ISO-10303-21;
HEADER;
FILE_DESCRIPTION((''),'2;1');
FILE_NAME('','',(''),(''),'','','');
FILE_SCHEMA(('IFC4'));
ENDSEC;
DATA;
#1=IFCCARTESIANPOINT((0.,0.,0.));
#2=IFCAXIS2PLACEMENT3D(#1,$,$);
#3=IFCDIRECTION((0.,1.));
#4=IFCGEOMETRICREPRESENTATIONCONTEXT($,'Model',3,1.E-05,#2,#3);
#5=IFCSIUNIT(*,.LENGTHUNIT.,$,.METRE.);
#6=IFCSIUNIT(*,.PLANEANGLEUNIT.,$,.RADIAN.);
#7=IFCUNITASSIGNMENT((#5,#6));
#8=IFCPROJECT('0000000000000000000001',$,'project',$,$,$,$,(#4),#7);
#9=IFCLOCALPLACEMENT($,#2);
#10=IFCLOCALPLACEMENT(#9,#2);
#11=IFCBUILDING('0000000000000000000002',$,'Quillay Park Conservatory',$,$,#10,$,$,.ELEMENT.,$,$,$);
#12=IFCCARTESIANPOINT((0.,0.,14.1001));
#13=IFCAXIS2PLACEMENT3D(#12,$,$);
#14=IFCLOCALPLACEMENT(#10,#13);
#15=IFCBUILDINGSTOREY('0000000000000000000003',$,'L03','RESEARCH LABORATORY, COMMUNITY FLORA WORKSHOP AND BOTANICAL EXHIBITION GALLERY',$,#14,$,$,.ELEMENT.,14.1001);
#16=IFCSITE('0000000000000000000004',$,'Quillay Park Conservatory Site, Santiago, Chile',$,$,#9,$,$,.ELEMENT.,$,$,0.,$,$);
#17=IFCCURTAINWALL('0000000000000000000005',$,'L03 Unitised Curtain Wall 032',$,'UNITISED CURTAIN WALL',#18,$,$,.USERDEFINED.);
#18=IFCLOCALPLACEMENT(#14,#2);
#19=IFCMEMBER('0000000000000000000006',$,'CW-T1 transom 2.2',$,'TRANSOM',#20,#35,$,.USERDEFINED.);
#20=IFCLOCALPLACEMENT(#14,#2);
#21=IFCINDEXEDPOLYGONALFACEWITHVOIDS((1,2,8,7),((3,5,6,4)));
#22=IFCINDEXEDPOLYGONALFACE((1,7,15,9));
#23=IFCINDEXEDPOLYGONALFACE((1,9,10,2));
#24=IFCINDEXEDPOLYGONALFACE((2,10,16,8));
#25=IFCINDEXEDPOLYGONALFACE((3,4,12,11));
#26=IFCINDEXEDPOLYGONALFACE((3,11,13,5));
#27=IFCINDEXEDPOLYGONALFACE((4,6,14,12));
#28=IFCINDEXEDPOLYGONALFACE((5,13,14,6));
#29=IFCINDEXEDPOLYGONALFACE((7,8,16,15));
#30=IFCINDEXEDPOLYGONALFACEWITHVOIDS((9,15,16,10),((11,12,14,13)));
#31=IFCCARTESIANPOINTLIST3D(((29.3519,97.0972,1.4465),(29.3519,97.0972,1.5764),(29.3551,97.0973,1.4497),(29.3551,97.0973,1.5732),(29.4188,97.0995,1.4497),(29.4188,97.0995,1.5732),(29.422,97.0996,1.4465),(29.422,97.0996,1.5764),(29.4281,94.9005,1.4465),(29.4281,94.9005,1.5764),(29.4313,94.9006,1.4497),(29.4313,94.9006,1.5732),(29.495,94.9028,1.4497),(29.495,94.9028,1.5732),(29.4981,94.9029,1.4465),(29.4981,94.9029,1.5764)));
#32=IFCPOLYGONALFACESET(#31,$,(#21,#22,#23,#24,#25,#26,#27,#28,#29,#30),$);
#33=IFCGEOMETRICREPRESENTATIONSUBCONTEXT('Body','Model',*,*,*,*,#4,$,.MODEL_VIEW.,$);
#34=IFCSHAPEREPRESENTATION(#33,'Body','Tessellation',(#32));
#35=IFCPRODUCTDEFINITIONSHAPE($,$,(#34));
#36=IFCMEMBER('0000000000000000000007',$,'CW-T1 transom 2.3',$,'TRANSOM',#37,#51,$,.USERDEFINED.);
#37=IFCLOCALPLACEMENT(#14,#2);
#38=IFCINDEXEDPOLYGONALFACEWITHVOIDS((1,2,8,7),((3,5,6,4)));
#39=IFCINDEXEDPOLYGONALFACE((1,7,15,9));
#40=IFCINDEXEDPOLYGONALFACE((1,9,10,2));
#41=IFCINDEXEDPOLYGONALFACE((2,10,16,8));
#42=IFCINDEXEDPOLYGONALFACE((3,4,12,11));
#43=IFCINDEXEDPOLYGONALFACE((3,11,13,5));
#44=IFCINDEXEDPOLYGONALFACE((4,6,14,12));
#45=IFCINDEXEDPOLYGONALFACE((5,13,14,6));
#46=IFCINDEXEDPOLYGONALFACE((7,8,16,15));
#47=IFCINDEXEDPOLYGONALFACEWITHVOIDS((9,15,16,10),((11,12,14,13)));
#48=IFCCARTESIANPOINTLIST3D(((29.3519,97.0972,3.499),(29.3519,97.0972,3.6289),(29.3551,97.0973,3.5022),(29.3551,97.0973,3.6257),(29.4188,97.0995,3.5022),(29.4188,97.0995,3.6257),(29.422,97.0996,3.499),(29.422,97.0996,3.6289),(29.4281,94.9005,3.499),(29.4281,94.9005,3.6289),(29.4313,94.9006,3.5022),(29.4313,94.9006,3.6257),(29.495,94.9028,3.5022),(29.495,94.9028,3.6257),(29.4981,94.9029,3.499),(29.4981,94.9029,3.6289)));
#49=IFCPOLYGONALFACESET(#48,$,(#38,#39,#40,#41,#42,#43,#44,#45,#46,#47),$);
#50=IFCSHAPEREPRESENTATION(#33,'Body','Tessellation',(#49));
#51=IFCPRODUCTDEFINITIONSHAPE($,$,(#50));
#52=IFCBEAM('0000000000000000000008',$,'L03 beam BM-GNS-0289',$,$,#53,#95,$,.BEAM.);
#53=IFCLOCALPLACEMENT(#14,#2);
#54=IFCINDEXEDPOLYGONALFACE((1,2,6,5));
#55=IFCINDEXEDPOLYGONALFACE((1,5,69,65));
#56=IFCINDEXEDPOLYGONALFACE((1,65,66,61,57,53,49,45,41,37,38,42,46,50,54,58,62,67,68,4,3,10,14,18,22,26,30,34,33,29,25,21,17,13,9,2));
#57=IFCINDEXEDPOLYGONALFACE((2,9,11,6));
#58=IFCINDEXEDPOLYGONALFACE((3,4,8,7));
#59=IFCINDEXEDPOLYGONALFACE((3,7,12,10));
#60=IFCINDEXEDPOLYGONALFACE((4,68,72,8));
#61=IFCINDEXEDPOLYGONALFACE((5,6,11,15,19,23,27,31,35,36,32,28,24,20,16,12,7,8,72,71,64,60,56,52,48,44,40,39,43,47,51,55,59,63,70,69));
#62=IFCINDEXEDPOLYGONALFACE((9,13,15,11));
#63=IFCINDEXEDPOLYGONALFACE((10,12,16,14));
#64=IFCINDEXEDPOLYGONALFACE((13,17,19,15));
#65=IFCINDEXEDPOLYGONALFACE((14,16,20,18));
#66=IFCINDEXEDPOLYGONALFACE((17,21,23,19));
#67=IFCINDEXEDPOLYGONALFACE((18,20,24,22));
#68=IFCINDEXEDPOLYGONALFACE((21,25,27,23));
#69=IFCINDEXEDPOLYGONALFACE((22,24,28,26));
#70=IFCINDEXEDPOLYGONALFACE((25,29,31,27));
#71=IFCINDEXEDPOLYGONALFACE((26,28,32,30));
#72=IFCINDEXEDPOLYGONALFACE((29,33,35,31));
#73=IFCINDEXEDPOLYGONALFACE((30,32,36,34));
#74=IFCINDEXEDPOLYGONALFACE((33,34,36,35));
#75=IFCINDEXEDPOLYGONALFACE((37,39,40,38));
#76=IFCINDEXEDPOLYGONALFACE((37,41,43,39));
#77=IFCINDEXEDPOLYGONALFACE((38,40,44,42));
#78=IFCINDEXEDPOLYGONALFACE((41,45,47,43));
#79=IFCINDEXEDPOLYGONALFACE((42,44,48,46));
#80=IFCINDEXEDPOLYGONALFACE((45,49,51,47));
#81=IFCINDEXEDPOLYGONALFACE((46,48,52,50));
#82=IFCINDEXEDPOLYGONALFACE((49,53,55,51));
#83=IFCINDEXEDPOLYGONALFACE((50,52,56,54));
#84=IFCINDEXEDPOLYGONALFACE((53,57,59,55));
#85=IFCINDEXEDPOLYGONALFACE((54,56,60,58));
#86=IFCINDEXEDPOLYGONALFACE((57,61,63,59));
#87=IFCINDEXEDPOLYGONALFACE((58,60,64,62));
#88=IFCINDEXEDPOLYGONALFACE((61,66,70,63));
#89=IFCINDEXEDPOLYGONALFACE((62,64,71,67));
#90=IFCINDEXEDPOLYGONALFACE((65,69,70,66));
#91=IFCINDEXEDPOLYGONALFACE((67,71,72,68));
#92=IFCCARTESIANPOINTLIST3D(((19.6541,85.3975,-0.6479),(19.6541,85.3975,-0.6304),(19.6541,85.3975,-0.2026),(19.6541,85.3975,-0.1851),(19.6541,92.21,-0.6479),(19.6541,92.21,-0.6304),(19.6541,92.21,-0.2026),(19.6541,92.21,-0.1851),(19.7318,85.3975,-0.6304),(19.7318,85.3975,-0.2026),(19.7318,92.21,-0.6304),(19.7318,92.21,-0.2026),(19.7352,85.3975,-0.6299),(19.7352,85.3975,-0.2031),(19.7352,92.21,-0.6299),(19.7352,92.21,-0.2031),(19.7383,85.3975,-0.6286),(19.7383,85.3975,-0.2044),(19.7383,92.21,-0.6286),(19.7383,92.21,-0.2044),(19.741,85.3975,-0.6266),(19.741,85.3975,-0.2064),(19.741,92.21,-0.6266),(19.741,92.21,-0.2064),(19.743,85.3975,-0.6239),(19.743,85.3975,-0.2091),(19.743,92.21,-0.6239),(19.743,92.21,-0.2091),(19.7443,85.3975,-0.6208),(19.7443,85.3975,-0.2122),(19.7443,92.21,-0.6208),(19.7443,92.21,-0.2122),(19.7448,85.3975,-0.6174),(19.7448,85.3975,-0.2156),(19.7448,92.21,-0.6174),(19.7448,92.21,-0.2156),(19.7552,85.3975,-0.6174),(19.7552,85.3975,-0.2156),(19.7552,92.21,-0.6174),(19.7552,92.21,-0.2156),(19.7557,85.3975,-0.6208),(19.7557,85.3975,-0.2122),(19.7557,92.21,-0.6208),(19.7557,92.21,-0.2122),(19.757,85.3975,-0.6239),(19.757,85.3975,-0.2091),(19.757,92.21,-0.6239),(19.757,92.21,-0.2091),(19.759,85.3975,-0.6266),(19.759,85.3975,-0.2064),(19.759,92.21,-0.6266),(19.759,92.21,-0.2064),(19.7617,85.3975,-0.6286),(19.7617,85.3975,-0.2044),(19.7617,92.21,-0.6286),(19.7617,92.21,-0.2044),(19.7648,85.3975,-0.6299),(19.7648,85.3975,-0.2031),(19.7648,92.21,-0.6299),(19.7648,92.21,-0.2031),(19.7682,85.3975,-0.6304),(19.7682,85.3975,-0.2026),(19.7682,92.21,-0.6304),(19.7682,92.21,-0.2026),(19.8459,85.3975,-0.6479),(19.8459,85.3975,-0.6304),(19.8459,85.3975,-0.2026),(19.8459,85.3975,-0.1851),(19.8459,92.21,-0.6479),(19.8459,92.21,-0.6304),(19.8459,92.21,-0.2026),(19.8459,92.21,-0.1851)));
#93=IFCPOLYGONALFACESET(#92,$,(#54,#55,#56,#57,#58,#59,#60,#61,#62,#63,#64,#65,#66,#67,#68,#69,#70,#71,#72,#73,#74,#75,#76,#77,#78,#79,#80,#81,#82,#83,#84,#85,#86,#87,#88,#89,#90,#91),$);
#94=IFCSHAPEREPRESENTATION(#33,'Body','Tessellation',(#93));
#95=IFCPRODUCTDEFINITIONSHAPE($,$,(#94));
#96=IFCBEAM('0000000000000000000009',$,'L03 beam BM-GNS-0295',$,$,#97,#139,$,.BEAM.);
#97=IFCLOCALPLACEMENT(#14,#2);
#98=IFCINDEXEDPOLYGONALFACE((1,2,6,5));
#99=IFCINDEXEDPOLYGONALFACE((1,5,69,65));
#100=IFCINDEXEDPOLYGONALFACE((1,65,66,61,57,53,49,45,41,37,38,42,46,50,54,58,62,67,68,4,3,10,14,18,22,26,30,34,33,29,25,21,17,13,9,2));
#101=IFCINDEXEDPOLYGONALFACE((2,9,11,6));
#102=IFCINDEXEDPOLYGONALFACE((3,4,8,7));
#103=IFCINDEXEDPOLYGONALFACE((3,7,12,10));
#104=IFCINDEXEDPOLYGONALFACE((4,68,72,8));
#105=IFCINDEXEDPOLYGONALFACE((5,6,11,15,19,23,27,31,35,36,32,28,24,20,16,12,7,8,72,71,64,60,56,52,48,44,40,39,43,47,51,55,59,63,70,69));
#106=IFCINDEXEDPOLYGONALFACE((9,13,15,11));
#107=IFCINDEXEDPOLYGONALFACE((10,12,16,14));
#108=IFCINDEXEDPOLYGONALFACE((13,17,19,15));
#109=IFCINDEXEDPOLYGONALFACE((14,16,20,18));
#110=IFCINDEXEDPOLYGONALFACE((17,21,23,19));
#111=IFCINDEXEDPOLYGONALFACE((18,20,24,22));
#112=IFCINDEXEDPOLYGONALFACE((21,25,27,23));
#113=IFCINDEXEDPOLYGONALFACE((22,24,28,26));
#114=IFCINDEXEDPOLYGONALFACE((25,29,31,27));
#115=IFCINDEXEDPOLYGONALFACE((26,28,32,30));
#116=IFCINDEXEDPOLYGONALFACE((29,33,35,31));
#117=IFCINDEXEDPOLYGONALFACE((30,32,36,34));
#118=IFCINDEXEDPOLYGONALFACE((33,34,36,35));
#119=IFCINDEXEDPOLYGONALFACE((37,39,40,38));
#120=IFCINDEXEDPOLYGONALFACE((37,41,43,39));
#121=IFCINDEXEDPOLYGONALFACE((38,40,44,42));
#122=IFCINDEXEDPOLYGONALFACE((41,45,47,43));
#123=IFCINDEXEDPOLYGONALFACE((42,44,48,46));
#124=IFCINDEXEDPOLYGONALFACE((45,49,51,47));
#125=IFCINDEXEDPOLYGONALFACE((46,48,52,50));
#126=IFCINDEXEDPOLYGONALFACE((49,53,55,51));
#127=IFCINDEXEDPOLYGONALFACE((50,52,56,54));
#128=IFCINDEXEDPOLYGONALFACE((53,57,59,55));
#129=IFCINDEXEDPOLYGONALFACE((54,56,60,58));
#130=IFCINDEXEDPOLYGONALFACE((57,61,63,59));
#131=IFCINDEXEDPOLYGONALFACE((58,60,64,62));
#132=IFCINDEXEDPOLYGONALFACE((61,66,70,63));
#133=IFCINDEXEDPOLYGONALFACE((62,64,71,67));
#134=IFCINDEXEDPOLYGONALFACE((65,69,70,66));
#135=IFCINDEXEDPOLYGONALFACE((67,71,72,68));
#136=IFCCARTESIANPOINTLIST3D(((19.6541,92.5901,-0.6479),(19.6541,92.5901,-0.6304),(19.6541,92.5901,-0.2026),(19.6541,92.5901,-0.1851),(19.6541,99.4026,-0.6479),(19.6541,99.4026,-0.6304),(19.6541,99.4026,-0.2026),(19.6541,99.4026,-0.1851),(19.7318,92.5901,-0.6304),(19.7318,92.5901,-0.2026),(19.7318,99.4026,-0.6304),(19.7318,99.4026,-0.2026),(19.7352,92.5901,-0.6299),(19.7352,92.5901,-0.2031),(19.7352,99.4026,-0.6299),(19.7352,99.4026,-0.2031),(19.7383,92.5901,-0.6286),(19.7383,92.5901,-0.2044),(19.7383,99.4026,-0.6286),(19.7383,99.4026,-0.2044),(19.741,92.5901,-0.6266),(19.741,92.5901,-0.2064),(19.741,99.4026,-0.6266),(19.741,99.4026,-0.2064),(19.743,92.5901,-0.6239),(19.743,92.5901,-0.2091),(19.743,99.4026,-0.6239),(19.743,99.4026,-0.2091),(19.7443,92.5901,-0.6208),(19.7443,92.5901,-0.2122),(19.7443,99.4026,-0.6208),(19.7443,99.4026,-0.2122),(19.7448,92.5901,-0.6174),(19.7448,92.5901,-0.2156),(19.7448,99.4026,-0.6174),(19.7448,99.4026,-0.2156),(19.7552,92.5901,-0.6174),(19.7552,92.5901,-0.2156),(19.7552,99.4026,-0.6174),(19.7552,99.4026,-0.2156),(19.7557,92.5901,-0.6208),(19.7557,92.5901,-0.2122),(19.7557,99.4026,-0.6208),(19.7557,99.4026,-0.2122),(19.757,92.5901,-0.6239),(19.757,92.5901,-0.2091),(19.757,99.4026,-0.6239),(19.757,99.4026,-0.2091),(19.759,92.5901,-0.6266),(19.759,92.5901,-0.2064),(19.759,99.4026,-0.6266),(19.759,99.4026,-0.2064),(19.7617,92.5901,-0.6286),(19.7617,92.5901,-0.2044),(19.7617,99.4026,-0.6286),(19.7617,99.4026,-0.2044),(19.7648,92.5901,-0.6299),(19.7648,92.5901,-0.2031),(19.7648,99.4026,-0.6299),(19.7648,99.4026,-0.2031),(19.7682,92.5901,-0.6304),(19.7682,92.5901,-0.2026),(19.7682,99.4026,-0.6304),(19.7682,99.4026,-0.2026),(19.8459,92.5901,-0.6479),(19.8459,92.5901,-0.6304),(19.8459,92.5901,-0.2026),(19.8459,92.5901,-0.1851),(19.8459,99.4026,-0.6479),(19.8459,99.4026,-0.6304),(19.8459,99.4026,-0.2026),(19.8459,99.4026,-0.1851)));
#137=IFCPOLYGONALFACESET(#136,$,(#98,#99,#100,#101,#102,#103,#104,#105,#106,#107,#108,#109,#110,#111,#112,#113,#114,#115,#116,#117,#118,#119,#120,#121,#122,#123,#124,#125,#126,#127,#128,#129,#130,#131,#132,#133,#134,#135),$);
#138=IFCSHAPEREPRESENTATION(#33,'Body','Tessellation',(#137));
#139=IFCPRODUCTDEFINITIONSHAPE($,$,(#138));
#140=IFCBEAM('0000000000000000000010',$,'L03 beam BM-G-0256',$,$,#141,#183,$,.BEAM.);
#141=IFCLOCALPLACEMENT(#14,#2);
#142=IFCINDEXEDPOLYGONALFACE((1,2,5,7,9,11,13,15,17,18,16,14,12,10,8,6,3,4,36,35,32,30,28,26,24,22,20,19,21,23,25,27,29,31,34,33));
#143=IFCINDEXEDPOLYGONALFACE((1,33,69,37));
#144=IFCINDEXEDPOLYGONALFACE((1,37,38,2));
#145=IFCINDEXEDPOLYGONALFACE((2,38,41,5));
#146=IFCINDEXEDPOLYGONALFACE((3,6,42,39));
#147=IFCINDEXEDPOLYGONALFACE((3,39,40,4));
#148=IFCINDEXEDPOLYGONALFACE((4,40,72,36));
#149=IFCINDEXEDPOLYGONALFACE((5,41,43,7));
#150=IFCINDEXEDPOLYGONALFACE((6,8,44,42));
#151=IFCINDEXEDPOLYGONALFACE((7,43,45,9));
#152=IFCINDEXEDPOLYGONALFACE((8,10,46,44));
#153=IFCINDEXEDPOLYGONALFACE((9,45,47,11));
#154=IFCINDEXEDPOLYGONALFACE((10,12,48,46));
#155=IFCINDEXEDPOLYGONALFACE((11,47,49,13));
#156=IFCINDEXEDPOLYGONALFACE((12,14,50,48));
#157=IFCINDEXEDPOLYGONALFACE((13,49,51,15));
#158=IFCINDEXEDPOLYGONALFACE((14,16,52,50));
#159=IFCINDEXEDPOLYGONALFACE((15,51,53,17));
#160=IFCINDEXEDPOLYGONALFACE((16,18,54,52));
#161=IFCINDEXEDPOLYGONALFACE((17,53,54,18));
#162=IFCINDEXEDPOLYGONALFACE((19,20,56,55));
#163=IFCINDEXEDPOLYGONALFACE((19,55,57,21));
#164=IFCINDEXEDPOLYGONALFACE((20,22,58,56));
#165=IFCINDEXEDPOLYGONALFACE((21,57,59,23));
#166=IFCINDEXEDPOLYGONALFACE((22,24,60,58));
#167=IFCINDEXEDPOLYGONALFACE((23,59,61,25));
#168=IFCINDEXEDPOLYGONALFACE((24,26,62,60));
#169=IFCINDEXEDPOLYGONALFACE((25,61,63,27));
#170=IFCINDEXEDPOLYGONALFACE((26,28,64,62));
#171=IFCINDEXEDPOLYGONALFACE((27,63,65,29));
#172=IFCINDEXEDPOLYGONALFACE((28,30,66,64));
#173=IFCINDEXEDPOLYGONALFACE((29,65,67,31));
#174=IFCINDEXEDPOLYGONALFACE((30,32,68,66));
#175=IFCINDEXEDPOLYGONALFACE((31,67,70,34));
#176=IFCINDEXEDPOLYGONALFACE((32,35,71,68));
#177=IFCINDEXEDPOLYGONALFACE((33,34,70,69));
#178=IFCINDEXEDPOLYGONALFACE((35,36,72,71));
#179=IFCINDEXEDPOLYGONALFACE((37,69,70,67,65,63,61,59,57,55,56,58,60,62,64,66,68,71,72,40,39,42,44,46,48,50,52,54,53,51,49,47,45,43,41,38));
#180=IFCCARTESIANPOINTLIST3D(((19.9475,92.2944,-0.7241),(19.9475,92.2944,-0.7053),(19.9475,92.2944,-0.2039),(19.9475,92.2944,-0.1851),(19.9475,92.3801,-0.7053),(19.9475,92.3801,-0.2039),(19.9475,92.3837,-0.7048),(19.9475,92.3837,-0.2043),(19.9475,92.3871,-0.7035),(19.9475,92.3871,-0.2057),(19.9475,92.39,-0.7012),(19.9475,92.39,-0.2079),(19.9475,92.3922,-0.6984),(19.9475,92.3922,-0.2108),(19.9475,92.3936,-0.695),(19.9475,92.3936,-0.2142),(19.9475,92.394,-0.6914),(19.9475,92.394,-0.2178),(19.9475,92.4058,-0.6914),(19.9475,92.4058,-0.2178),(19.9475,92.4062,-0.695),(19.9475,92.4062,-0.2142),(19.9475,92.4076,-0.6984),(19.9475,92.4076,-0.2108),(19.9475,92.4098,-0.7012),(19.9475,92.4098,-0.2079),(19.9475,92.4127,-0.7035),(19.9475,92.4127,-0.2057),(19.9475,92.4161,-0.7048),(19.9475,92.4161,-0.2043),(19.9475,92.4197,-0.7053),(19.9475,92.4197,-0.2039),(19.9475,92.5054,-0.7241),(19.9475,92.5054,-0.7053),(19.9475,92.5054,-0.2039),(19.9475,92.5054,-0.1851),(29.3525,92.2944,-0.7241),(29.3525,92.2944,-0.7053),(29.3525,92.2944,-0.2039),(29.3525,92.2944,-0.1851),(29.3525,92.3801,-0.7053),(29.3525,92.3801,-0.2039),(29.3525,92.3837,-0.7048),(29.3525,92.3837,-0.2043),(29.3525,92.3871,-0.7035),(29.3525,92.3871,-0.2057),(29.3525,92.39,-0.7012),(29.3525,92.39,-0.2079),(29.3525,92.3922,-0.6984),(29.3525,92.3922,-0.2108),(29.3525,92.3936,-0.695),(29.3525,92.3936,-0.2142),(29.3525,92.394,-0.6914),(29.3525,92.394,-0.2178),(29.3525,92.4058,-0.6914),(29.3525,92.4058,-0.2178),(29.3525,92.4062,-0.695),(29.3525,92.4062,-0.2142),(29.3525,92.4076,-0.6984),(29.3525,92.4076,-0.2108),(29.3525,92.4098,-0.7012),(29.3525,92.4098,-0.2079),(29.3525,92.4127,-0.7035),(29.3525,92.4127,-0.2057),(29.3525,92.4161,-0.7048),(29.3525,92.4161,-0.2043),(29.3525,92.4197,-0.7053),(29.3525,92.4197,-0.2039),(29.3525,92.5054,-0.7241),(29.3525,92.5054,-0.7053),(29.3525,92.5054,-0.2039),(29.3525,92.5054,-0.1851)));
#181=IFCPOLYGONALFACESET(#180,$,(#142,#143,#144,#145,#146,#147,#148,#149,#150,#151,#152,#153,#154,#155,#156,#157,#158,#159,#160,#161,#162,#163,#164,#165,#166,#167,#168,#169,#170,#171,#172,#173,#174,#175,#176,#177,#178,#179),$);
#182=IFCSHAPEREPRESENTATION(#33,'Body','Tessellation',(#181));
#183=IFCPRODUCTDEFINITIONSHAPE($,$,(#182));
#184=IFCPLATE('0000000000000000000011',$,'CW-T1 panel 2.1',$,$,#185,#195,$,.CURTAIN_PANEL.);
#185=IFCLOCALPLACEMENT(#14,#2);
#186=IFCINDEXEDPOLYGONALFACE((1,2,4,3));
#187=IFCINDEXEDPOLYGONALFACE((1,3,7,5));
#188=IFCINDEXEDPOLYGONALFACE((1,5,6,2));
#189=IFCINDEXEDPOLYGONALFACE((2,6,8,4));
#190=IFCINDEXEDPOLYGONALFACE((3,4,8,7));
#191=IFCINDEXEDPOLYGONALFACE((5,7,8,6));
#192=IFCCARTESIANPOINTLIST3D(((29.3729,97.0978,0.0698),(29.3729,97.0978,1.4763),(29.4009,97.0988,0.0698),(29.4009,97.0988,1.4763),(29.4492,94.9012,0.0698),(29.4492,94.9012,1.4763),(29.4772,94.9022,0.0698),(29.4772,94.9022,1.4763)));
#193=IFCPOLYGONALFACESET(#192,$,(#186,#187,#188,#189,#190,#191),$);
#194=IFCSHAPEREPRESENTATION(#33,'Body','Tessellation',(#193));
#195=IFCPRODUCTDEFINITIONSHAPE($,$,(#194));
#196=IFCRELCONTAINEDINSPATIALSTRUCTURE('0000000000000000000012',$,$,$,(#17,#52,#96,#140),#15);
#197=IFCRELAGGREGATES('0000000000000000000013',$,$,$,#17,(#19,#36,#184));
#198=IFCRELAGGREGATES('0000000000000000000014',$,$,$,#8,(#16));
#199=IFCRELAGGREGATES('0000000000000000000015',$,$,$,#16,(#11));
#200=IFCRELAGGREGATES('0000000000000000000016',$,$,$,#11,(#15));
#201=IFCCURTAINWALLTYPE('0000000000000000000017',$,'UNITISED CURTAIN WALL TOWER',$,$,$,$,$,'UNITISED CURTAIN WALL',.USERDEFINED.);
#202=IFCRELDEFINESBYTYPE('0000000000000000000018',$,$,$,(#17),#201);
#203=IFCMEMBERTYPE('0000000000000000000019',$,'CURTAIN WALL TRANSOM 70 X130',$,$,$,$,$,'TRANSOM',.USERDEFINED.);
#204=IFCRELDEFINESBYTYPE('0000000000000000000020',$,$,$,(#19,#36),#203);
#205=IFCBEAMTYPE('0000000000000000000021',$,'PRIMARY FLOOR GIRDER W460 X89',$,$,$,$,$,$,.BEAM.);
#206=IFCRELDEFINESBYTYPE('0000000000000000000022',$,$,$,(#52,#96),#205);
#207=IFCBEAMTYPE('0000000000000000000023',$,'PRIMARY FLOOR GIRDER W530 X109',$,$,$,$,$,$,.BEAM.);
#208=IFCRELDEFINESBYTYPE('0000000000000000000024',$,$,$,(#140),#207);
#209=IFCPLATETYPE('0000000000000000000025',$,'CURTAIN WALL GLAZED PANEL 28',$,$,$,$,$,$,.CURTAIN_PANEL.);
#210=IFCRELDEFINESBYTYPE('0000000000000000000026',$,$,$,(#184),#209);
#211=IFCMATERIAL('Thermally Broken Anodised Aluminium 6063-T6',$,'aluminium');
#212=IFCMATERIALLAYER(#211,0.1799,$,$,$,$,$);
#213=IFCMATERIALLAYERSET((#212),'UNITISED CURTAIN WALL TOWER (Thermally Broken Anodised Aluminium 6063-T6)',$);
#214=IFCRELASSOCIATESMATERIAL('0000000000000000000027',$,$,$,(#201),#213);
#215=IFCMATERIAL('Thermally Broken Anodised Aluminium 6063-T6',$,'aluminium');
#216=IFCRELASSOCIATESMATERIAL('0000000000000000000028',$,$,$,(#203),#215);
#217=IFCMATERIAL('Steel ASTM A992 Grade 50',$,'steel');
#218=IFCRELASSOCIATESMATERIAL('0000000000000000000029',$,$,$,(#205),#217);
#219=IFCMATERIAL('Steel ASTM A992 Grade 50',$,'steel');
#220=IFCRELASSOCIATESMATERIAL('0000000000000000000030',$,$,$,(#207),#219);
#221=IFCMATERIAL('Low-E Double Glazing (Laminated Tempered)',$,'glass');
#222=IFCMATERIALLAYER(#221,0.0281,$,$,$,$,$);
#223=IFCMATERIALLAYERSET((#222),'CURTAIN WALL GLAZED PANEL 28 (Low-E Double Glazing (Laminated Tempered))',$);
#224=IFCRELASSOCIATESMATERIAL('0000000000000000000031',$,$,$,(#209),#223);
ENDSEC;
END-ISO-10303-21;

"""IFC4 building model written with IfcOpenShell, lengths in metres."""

from ifc_helpers import new_model, si_unit, direction, frame, origin, origin_2d, place, context, subcontext, project, spatial, rectangle, hollow_rectangle, i_section, extrude, material, layer, layer_set, material_profile, profile_set, type_object, element, aggregate, save


model = new_model("IFC4")

# Units and contexts
model_context = context("Model", 3, precision=1e-05, world=origin(), true_north=direction((0.0, 1.0)))
body_context = subcontext(model_context, "Body", "Model", "MODEL_VIEW")
ifc_project = project(units=[si_unit("LENGTHUNIT", "METRE"), si_unit("PLANEANGLEUNIT", "RADIAN")], contexts=[model_context])

# Site, building, storey
site_placement = place(None, origin())
site = spatial("IfcSite", under=ifc_project, at=site_placement, Name="Quillay Park Conservatory Site, Santiago, Chile", CompositionType="ELEMENT", RefElevation=0.0)
building_placement = place(site_placement, origin())
building = spatial("IfcBuilding", under=site, at=building_placement, Name="Quillay Park Conservatory", CompositionType="ELEMENT")
storey_placement = place(building_placement, frame((0.0, 0.0, 14.1001)))
storey = spatial("IfcBuildingStorey", under=building, at=storey_placement, Name="L03", Description="RESEARCH LABORATORY, COMMUNITY FLORA WORKSHOP AND BOTANICAL EXHIBITION GALLERY", CompositionType="ELEMENT", Elevation=14.1001)

# Curtain wall, members
ifc_material_1 = material(Name="Thermally Broken Anodised Aluminium 6063-T6", Category="aluminium")
ifc_layer_1 = layer(ifc_material_1, 0.1799)
ifc_layer_set_1 = layer_set([ifc_layer_1], Name="UNITISED CURTAIN WALL TOWER (Thermally Broken Anodised Aluminium 6063-T6)")
curtain_wall_type = type_object("IfcCurtainWallType", Name="UNITISED CURTAIN WALL TOWER", ElementType="UNITISED CURTAIN WALL", PredefinedType="USERDEFINED", material=ifc_layer_set_1)
curtain_wall_placement = place(storey_placement, origin())
curtain_wall = element("IfcCurtainWall", 1, at=curtain_wall_placement, inside=storey, type_object=curtain_wall_type, Name="L03 Unitised Curtain Wall 032", ObjectType="UNITISED CURTAIN WALL", PredefinedType="USERDEFINED")
ifc_material_2 = material(Name="Thermally Broken Anodised Aluminium 6063-T6", Category="aluminium")
ifc_material_profile_1 = material_profile(ifc_material_2, hollow_rectangle(XDim=0.0701, YDim=0.1299, WallThickness=0.0032, at=origin_2d()), Name="AL70x130x3.2")
ifc_profile_set_1 = profile_set([ifc_material_profile_1], Name="Thermally Broken Anodised Aluminium 6063-T6")
member_type_1 = type_object("IfcMemberType", Name="CURTAIN WALL TRANSOM 70 X130", ElementType="TRANSOM", PredefinedType="USERDEFINED", material=ifc_profile_set_1)
member_1_placement = place(storey_placement, frame((29.387, 97.0984, 1.5115), z_axis=(0.034654, -0.999399, 0.0), x_axis=(0.999399, 0.034654, 0.0)))
member_1 = element("IfcMember", 2, at=member_1_placement, type_object=member_type_1, Name="CW-T1 transom 2.2", ObjectType="TRANSOM", PredefinedType="USERDEFINED", context=body_context, shape_type="SweptSolid", body=[
    extrude(hollow_rectangle(XDim=0.0701, YDim=0.1299, WallThickness=0.0032, at=origin_2d()), origin(), (0.0, 0.0, 1.0), 2.198),
])
member_2_placement = place(storey_placement, frame((29.387, 97.0984, 3.564), z_axis=(0.034654, -0.999399, 0.0), x_axis=(0.999399, 0.034654, 0.0)))
member_2 = element("IfcMember", 3, at=member_2_placement, type_object=member_type_1, Name="CW-T1 transom 2.3", ObjectType="TRANSOM", PredefinedType="USERDEFINED", context=body_context, shape_type="SweptSolid", body=[
    extrude(hollow_rectangle(XDim=0.0701, YDim=0.1299, WallThickness=0.0032, at=origin_2d()), origin(), (0.0, 0.0, 1.0), 2.198),
])

# Beams
ifc_material_3 = material(Name="Steel ASTM A992 Grade 50", Category="steel")
ifc_material_profile_2 = material_profile(ifc_material_3, i_section(OverallWidth=0.1919, OverallDepth=0.4629, WebThickness=0.0105, FlangeThickness=0.0176, FilletRadius=0.0129, at=origin_2d()), Name="W460x89")
ifc_profile_set_2 = profile_set([ifc_material_profile_2], Name="Steel ASTM A992 Grade 50")
beam_type_1 = type_object("IfcBeamType", Name="PRIMARY FLOOR GIRDER W460 X89", PredefinedType="BEAM", material=ifc_profile_set_2)
for number, where, z_axis, x_axis, name in (
    (4, (19.75, 85.3975, -0.4165), (0.0, 1.0, 0.0), (-1.0, 0.0, 0.0), "L03 beam BM-GNS-0289"),
    (5, (19.75, 92.5901, -0.4165), (0.0, 1.0, 0.0), (-1.0, 0.0, 0.0), "L03 beam BM-GNS-0295"),
):
    element("IfcBeam", number, at=place(storey_placement, frame(where, z_axis=z_axis, x_axis=x_axis)), inside=storey, type_object=beam_type_1, Name=name, PredefinedType="BEAM", context=body_context, shape_type="SweptSolid", body=[
        extrude(i_section(OverallWidth=0.1919, OverallDepth=0.4629, WebThickness=0.0105, FlangeThickness=0.0176, FilletRadius=0.0129, at=origin_2d()), origin(), (0.0, 0.0, 1.0), 6.8125),
    ])
ifc_material_4 = material(Name="Steel ASTM A992 Grade 50", Category="steel")
ifc_material_profile_3 = material_profile(ifc_material_4, i_section(OverallWidth=0.2109, OverallDepth=0.5391, WebThickness=0.0117, FlangeThickness=0.0188, FilletRadius=0.0139, at=origin_2d()), Name="W530x109")
ifc_profile_set_3 = profile_set([ifc_material_profile_3], Name="Steel ASTM A992 Grade 50")
beam_type_2 = type_object("IfcBeamType", Name="PRIMARY FLOOR GIRDER W530 X109", PredefinedType="BEAM", material=ifc_profile_set_3)
beam_1_placement = place(storey_placement, frame((19.9475, 92.3999, -0.4546), z_axis=(1.0, 0.0, 0.0), x_axis=(0.0, 1.0, 0.0)))
element("IfcBeam", 6, at=beam_1_placement, inside=storey, type_object=beam_type_2, Name="L03 beam BM-G-0256", PredefinedType="BEAM", context=body_context, shape_type="SweptSolid", body=[
    extrude(i_section(OverallWidth=0.2109, OverallDepth=0.5391, WebThickness=0.0117, FlangeThickness=0.0188, FilletRadius=0.0139, at=origin_2d()), origin(), (0.0, 0.0, 1.0), 9.405),
])

# Plate
ifc_material_5 = material(Name="Low-E Double Glazing (Laminated Tempered)", Category="glass")
ifc_layer_2 = layer(ifc_material_5, 0.0281)
ifc_layer_set_2 = layer_set([ifc_layer_2], Name="CURTAIN WALL GLAZED PANEL 28 (Low-E Double Glazing (Laminated Tempered))")
plate_type = type_object("IfcPlateType", Name="CURTAIN WALL GLAZED PANEL 28", PredefinedType="CURTAIN_PANEL", material=ifc_layer_set_2)
plate_placement = place(storey_placement, frame((29.425, 96.0, 0.0698), z_axis=(0.0, 0.0, 1.0), x_axis=(0.034713, -0.999397, 0.0)))
plate = element("IfcPlate", 7, at=plate_placement, type_object=plate_type, Name="CW-T1 panel 2.1", PredefinedType="CURTAIN_PANEL", context=body_context, shape_type="SweptSolid", body=[
    extrude(rectangle(XDim=2.198, YDim=0.0281, at=origin_2d()), origin(), (0.0, 0.0, 1.0), 1.4065),
])
aggregate(curtain_wall, [member_1, member_2, plate])

save(model, "model.ifc")
